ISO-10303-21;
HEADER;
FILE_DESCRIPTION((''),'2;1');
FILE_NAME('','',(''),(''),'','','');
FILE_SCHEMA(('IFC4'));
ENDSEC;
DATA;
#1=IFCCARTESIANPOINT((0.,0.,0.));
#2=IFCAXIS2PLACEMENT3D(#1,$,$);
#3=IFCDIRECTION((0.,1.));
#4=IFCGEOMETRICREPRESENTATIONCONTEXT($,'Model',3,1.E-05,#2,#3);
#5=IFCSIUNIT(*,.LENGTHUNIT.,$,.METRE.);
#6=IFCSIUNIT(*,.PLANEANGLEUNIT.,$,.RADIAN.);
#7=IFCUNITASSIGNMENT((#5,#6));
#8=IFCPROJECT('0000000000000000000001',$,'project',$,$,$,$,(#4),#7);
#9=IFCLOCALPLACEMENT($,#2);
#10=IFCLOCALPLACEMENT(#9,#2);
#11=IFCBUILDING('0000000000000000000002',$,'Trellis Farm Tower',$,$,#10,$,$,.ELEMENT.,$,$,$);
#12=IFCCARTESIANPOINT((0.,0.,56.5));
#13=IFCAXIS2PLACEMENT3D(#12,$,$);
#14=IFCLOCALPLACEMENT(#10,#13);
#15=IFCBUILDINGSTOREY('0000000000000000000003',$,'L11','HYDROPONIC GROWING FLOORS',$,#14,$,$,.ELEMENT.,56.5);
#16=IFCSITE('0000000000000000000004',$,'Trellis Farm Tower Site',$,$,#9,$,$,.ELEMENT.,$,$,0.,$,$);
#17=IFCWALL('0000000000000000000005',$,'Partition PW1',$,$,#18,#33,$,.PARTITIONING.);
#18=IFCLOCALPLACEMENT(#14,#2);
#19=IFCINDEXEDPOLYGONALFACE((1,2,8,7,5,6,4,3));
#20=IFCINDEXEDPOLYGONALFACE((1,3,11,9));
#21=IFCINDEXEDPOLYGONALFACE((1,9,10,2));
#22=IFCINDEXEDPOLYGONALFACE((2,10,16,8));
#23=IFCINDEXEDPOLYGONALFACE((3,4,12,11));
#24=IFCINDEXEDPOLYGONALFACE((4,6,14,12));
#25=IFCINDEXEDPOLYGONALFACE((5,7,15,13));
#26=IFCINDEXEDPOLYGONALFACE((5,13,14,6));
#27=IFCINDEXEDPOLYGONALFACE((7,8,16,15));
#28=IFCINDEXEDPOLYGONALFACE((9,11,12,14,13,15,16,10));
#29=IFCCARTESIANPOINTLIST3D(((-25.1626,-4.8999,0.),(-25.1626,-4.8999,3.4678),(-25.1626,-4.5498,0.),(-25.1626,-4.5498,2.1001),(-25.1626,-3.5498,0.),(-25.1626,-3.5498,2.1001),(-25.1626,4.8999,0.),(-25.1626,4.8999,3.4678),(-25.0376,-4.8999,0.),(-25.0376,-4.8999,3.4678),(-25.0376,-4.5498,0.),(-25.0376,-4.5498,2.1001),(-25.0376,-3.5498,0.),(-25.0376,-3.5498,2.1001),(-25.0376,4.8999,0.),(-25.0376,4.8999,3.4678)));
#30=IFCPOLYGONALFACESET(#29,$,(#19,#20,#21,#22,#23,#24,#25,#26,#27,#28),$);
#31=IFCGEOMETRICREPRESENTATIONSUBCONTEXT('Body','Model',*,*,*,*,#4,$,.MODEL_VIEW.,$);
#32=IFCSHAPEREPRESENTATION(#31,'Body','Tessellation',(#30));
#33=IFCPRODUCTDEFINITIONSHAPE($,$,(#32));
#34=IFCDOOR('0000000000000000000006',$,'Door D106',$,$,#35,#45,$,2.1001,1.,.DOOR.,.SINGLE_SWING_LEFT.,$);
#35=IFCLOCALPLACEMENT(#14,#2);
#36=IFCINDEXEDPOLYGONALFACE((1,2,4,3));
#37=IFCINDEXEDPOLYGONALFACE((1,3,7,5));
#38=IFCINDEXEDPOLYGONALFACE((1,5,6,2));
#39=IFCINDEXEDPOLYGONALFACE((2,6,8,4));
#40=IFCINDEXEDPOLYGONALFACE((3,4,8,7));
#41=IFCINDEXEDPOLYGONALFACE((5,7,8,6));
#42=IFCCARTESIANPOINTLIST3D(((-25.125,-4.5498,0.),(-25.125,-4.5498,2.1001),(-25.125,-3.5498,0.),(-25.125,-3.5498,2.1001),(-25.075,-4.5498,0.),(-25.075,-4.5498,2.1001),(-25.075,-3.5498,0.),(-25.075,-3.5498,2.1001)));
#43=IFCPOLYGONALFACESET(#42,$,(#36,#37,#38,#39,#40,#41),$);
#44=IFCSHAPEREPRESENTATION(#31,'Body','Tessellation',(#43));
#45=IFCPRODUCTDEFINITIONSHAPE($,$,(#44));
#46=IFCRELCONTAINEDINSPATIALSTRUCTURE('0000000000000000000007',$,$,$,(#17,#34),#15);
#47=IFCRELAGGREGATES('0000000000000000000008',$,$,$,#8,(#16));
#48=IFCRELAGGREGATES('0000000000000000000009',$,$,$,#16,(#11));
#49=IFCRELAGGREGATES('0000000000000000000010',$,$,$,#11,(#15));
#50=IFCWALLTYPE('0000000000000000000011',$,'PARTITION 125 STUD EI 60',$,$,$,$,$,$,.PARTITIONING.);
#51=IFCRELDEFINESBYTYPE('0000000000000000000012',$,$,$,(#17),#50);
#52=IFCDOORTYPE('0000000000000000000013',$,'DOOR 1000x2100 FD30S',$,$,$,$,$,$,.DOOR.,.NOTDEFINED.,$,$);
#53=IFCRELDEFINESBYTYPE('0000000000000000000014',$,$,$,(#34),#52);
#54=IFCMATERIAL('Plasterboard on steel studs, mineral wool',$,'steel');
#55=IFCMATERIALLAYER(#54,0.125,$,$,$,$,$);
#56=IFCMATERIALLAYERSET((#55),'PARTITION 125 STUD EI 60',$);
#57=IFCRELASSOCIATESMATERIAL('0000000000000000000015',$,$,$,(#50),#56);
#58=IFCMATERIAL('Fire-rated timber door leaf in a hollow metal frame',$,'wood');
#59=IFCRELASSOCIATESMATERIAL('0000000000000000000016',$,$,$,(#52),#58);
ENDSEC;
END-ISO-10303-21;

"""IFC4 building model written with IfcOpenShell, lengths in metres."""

from ifc_helpers import new_model, si_unit, direction, frame, frame_2d, origin, place, context, subcontext, project, spatial, rectangle, extrude, source, transform, mapped, material, layer, layer_set, type_object, element, fill, save


model = new_model("IFC4")

# Units and contexts
model_context = context("Model", 3, precision=1e-05, world=origin(), true_north=direction((0.0, 1.0)))
body_context = subcontext(model_context, "Body", "Model", "MODEL_VIEW")
ifc_project = project(units=[si_unit("LENGTHUNIT", "METRE"), si_unit("PLANEANGLEUNIT", "RADIAN")], contexts=[model_context])

# Site, building, storey
site_placement = place(None, origin())
site = spatial("IfcSite", under=ifc_project, at=site_placement, Name="Trellis Farm Tower Site", CompositionType="ELEMENT", RefElevation=0.0)
building_placement = place(site_placement, origin())
building = spatial("IfcBuilding", under=site, at=building_placement, Name="Trellis Farm Tower", CompositionType="ELEMENT")
storey_placement = place(building_placement, frame((0.0, 0.0, 56.5)))
storey = spatial("IfcBuildingStorey", under=building, at=storey_placement, Name="L11", Description="HYDROPONIC GROWING FLOORS", CompositionType="ELEMENT", Elevation=56.5)

# Wall, opening, door
ifc_material_1 = material(Name="Plasterboard on steel studs, mineral wool", Category="steel")
ifc_layer_1 = layer(ifc_material_1, 0.125)
ifc_layer_set_1 = layer_set([ifc_layer_1], Name="PARTITION 125 STUD EI 60")
wall_type_1 = type_object("IfcWallType", Name="PARTITION 125 STUD EI 60", PredefinedType="PARTITIONING", material=ifc_layer_set_1)
shared_shape_1 = source(origin(), body_context, "Body", "SweptSolid", [
    extrude(rectangle(XDim=9.7998, YDim=0.125, at=frame_2d((4.8999, 0.0))), origin(), (0.0, 0.0, 1.0), 3.4678),
])
wall_1_placement = place(storey_placement, frame((-25.1001, -4.8999, 0.0), z_axis=(0.0, 0.0, 1.0), x_axis=(0.0, 1.0, 0.0)))
wall_1 = element("IfcWall", 1, at=wall_1_placement, inside=storey, type_object=wall_type_1, Name="Partition PW1", PredefinedType="PARTITIONING", context=body_context, shape_type="MappedRepresentation", body=[
    mapped(shared_shape_1, transform((0.0, 0.0, 0.0))),
])
shared_shape_2 = source(origin(), body_context, "Body", "SweptSolid", [
    extrude(rectangle(XDim=1.0, YDim=2.1001, at=frame_2d((0.5, 1.05))), frame((0.0, 0.0725, 0.0), z_axis=(0.0, -1.0, 0.0), x_axis=(1.0, 0.0, 0.0)), (0.0, 0.0, 1.0), 0.145),
])
opening_1_placement = place(wall_1_placement, frame((0.3501, 0.0, 0.0)))
opening_1 = element("IfcOpeningElement", 2, at=opening_1_placement, cuts=wall_1, PredefinedType="OPENING", context=body_context, shape_type="MappedRepresentation", body=[
    mapped(shared_shape_2, transform((0.0, 0.0, 0.0))),
])
ifc_material_2 = material(Name="Fire-rated timber door leaf in a hollow metal frame", Category="wood")
door_type_1 = type_object("IfcDoorType", Name="DOOR 1000x2100 FD30S", OperationType="NOTDEFINED", PredefinedType="DOOR", material=ifc_material_2)
shared_shape_3 = source(origin(), body_context, "Body", "SweptSolid", [
    extrude(rectangle(XDim=1.0, YDim=2.1001, at=frame_2d((0.5, 1.05))), frame((0.0, 0.0249, 0.0), z_axis=(0.0, -1.0, 0.0), x_axis=(1.0, 0.0, 0.0)), (0.0, 0.0, 1.0), 0.05),
])
door_1_placement = place(opening_1_placement, origin())
door_1 = element("IfcDoor", 3, at=door_1_placement, inside=storey, type_object=door_type_1, Name="Door D106", OperationType="SINGLE_SWING_LEFT", OverallHeight=2.1001, OverallWidth=1.0, PredefinedType="DOOR", context=body_context, shape_type="MappedRepresentation", body=[
    mapped(shared_shape_3, transform((0.0, 0.0, 0.0))),
])
fill(opening_1, door_1)

save(model, "model.ifc")
